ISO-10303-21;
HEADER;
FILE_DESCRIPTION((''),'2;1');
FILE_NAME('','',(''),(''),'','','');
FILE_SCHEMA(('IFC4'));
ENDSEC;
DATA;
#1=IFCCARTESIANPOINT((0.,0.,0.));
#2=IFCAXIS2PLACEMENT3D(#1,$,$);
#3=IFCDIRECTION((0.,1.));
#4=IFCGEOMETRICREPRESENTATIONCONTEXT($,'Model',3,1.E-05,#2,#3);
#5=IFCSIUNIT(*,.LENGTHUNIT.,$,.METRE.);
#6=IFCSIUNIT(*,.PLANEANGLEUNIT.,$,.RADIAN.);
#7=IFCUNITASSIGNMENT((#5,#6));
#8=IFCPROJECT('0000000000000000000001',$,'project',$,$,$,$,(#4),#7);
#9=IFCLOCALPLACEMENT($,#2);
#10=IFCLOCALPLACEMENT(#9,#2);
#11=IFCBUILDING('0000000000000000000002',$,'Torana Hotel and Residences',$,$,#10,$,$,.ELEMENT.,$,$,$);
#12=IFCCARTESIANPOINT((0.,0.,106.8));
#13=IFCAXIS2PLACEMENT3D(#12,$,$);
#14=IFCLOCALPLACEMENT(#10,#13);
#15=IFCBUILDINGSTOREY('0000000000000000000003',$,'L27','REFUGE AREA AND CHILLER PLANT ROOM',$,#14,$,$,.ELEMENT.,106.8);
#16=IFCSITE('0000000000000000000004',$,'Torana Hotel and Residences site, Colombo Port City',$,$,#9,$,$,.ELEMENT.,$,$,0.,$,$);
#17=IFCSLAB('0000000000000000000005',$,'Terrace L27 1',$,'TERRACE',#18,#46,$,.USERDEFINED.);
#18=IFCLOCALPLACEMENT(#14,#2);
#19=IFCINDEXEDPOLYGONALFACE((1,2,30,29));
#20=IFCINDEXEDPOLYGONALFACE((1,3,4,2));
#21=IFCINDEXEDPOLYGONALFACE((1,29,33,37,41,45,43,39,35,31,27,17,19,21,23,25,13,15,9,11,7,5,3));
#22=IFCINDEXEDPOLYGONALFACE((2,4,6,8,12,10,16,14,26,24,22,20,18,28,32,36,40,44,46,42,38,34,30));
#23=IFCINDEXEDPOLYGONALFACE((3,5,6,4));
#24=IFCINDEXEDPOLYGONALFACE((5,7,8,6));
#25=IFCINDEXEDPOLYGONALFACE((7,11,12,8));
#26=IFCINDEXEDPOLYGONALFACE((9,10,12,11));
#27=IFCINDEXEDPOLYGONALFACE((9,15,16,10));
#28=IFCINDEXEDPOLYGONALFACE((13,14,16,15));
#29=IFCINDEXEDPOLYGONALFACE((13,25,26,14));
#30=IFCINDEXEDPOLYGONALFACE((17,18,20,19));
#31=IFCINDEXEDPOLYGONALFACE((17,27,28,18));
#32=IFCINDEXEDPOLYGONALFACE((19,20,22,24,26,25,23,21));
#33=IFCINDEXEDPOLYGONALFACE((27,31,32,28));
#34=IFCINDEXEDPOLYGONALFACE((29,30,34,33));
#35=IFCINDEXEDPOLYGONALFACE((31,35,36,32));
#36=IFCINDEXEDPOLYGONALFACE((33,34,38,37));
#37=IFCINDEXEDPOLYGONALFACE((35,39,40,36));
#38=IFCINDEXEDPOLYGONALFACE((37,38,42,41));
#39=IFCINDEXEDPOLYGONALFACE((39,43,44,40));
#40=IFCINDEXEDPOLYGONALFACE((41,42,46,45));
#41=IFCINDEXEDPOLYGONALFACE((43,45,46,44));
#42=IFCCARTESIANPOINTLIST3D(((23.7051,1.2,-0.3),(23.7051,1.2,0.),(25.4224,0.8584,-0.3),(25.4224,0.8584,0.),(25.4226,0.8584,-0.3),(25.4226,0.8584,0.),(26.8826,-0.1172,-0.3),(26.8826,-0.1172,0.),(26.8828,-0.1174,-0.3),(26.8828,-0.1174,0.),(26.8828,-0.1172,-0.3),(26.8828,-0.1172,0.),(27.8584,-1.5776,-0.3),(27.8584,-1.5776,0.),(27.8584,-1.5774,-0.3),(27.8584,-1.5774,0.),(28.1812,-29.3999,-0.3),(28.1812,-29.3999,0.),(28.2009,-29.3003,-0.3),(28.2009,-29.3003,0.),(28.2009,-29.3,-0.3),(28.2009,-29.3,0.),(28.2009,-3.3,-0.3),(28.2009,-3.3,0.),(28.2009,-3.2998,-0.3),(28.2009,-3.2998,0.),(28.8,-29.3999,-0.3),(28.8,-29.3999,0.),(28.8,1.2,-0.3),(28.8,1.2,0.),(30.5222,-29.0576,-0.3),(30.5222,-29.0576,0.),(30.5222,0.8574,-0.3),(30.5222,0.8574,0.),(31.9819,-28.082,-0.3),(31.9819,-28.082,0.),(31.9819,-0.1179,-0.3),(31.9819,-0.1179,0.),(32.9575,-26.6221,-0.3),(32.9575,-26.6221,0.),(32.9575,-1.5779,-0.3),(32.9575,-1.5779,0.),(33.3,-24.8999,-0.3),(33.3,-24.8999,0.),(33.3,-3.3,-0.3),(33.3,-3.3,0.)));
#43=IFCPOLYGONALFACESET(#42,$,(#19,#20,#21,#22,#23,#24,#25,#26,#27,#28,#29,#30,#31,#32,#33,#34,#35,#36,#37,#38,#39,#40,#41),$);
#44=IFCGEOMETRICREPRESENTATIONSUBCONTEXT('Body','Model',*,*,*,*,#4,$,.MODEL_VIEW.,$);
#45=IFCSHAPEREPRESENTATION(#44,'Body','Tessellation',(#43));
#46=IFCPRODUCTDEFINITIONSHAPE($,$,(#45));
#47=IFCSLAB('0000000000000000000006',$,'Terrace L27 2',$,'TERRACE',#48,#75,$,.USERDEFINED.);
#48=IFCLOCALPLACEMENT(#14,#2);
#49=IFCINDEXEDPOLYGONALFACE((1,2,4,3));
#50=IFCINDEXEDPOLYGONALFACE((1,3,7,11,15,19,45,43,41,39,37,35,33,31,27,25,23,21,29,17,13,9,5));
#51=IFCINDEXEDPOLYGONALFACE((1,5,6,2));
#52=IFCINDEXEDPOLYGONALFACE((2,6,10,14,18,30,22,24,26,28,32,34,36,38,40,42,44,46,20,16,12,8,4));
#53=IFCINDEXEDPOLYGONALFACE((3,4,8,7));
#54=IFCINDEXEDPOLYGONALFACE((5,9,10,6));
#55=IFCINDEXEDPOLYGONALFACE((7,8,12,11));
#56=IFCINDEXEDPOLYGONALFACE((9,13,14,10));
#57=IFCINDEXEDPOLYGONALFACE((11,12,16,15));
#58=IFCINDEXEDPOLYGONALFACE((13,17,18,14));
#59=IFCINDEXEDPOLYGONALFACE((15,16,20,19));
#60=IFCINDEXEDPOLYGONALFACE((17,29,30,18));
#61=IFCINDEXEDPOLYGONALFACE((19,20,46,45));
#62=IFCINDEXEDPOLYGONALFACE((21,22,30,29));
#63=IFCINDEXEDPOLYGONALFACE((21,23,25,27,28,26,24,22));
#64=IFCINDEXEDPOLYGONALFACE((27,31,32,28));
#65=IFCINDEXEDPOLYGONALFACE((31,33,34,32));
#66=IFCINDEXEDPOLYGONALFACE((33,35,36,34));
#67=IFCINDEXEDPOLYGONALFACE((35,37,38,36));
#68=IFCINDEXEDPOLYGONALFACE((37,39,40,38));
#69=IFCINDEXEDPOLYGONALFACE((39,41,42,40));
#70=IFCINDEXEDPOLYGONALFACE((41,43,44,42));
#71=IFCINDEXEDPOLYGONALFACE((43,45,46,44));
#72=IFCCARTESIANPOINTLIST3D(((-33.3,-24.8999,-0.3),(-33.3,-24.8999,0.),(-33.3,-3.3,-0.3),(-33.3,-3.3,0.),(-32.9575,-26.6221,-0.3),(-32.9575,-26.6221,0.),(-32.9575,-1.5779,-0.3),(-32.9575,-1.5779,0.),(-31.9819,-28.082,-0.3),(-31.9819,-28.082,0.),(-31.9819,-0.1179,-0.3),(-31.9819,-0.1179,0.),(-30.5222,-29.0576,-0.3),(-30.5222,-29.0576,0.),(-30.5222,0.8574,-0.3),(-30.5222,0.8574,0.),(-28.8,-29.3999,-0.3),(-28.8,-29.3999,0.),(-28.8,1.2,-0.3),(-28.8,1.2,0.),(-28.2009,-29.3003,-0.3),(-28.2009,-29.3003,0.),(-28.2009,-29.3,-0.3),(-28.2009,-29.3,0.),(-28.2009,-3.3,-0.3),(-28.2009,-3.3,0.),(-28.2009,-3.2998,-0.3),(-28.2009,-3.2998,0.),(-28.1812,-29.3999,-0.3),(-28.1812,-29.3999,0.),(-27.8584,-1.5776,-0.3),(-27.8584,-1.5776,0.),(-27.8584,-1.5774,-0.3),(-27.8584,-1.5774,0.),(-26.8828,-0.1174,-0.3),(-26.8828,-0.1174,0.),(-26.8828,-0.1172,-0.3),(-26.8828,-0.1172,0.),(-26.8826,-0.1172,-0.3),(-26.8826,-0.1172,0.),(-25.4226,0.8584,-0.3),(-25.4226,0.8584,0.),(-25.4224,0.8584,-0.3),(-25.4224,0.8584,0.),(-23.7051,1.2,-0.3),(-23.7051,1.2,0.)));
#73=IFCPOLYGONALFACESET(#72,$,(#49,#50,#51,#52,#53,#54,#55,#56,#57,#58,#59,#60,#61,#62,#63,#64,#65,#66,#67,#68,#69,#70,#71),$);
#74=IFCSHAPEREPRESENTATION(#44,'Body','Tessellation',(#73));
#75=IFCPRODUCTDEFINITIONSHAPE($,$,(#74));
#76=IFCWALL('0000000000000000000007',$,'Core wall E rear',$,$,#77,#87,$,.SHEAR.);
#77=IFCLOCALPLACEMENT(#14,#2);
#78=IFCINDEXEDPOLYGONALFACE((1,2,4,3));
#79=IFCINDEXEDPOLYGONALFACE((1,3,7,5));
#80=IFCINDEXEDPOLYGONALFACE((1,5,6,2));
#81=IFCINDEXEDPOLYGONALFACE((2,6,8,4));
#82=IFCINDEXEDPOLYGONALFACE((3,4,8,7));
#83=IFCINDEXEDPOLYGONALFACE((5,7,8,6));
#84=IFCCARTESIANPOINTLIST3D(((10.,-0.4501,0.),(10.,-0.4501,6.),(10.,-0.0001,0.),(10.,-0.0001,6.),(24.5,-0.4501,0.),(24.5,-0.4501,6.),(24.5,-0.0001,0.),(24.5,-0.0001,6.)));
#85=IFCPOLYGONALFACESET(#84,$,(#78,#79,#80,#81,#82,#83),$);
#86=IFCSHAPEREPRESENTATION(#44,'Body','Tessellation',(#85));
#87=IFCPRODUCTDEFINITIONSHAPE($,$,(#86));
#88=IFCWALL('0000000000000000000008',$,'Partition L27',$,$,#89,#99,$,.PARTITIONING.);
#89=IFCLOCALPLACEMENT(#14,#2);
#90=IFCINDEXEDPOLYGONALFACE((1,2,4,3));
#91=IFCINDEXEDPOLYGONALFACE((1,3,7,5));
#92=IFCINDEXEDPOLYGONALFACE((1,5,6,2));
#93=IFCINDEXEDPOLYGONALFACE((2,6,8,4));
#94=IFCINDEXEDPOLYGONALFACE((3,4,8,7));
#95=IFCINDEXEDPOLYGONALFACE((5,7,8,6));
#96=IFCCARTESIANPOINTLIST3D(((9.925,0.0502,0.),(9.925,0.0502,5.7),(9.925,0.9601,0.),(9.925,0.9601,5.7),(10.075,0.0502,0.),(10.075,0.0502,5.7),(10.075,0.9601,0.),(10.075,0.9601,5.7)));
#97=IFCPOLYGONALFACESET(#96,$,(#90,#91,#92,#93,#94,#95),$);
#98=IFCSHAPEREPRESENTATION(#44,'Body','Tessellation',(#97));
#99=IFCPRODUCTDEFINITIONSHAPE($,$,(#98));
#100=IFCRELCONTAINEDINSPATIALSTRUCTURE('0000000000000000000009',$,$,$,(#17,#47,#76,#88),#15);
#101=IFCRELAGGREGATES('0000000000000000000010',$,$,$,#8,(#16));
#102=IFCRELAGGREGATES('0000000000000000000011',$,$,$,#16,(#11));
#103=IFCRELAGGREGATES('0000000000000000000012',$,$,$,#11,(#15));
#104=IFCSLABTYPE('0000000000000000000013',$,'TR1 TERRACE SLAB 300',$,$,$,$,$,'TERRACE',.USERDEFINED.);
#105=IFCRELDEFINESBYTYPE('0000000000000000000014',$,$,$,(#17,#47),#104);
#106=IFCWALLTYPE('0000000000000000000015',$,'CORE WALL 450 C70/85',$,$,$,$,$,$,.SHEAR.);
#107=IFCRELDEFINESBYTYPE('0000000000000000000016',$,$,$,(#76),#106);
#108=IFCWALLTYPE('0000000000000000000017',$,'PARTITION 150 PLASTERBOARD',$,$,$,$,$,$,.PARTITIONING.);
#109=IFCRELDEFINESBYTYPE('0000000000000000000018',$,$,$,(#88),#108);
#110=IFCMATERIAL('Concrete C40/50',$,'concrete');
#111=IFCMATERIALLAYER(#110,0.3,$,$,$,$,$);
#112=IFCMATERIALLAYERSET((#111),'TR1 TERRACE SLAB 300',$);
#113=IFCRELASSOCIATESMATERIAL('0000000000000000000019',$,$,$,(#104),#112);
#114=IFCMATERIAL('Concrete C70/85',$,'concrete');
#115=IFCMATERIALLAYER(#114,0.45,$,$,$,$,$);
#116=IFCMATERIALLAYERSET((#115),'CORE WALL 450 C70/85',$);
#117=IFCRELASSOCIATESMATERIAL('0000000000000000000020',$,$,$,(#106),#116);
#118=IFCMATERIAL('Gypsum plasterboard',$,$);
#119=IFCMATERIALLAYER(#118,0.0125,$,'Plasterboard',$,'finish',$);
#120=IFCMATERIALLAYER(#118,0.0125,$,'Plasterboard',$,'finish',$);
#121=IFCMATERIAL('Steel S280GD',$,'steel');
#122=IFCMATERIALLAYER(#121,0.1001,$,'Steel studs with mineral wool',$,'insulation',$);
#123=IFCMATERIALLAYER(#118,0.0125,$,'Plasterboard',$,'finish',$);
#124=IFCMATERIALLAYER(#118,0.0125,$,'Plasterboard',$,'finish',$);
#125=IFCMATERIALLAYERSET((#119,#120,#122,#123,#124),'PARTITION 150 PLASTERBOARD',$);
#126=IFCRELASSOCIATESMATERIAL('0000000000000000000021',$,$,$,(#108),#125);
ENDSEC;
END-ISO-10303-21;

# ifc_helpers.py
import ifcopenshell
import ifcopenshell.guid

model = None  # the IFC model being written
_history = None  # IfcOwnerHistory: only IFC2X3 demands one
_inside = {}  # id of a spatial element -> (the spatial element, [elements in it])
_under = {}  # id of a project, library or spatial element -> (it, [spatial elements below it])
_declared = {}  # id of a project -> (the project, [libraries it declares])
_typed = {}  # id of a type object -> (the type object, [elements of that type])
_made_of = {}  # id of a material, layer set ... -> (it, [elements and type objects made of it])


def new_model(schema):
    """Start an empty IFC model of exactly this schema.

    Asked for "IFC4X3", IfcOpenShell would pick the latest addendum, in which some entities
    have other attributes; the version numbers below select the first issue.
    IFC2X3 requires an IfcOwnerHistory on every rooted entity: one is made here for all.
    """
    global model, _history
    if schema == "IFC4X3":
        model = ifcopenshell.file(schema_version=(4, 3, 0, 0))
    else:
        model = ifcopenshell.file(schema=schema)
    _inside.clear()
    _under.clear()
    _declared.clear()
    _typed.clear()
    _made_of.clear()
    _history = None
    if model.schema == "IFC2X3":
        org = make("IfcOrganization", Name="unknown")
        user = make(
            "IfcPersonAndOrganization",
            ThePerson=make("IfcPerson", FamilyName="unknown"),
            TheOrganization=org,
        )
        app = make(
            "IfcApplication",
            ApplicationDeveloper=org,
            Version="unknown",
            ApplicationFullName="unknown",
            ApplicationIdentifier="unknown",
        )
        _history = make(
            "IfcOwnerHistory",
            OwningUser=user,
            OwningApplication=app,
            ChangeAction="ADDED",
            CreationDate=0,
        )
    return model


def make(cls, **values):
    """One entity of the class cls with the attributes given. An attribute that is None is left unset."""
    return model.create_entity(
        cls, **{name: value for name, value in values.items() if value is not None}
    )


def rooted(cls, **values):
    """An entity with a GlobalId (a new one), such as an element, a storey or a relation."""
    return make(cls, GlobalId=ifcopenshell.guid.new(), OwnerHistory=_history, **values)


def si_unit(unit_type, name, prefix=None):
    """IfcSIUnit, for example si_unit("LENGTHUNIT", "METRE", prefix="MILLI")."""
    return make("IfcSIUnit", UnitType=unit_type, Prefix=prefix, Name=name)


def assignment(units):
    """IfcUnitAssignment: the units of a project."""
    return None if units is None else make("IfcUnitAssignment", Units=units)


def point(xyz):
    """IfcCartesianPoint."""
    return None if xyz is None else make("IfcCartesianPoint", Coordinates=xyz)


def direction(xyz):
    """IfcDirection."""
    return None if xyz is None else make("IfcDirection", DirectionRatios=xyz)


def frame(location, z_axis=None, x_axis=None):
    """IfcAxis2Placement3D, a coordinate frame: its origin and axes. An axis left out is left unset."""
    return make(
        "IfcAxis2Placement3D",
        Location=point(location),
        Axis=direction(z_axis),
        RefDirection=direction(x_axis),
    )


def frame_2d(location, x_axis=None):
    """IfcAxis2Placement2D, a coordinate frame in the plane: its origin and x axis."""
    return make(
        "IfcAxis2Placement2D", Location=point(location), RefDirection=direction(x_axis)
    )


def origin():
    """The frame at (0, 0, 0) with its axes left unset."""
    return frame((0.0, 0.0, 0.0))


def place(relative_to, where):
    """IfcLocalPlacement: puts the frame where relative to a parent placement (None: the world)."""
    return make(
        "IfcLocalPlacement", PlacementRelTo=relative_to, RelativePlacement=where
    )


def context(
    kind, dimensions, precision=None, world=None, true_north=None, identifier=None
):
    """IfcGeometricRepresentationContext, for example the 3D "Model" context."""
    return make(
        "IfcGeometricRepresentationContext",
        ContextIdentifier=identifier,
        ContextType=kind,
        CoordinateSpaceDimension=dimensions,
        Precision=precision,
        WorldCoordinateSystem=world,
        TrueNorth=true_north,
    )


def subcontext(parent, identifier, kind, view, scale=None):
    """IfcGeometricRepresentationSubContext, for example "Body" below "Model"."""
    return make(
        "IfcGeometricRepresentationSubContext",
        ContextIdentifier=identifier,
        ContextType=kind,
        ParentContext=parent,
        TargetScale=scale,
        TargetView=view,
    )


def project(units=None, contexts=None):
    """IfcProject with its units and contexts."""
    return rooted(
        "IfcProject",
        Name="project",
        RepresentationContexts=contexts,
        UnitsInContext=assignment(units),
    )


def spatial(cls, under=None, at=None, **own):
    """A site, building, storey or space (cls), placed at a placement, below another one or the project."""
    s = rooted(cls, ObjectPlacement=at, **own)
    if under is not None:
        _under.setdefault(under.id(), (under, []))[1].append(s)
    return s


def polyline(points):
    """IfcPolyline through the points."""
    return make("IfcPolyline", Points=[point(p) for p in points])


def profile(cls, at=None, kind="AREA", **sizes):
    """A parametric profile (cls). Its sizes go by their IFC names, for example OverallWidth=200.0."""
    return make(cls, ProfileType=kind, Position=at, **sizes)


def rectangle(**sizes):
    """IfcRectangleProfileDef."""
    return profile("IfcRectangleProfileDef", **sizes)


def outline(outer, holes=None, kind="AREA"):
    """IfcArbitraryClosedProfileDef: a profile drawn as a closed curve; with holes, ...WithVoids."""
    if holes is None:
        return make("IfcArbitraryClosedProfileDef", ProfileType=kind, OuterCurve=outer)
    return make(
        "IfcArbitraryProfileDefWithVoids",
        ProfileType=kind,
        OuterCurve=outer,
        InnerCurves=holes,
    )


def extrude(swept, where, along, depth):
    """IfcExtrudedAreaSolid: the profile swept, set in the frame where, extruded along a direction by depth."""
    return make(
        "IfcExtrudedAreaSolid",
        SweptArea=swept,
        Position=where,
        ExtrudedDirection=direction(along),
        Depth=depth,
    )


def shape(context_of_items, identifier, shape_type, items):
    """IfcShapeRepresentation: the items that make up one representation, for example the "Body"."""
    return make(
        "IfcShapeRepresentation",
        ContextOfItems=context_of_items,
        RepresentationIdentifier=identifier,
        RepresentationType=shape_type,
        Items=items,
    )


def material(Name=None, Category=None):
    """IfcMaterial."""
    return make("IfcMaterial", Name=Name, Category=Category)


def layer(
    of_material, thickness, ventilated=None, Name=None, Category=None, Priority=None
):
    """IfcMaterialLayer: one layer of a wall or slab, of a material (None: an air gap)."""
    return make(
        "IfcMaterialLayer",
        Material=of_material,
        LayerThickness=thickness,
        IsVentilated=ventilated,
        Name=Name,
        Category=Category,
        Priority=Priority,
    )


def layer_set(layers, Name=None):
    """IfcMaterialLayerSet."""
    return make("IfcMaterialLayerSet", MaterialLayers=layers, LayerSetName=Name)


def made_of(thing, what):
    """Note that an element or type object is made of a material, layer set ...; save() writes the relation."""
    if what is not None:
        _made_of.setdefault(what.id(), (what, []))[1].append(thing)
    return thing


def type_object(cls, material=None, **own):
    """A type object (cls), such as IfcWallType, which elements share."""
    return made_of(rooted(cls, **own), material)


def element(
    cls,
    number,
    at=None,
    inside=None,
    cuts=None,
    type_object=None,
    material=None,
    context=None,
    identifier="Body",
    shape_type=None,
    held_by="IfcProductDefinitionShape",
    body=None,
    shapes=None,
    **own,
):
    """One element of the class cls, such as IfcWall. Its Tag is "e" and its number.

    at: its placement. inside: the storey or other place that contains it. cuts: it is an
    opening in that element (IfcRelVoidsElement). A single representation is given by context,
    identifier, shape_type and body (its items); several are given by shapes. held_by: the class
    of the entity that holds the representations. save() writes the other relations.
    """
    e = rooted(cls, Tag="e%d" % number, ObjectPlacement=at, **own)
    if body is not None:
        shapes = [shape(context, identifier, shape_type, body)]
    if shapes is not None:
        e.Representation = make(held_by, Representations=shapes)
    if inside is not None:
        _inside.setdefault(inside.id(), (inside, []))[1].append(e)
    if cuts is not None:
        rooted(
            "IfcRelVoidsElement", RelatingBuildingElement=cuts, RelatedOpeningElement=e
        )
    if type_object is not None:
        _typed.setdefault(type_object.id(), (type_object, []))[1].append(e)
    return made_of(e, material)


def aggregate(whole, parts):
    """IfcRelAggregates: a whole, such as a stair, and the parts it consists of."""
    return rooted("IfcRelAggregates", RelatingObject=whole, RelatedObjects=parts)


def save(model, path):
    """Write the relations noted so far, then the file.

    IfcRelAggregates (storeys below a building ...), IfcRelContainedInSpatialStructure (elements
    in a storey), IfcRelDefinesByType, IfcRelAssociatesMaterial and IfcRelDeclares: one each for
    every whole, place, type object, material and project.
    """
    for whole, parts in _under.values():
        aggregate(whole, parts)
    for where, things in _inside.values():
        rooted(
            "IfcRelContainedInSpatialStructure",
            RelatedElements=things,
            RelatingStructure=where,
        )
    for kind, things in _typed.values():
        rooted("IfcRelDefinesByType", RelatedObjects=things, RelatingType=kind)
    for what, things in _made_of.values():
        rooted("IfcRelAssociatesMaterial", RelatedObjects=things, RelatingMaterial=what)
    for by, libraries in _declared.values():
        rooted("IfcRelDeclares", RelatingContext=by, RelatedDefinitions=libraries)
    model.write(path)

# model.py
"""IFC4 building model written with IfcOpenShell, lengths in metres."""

from ifc_helpers import new_model, si_unit, direction, frame, frame_2d, origin, place, context, subcontext, project, spatial, polyline, rectangle, outline, extrude, material, layer, layer_set, type_object, element, save


model = new_model("IFC4")

# Units and contexts
model_context = context("Model", 3, precision=1e-05, world=origin(), true_north=direction((0.0, 1.0)))
body_context = subcontext(model_context, "Body", "Model", "MODEL_VIEW")
ifc_project = project(units=[si_unit("LENGTHUNIT", "METRE"), si_unit("PLANEANGLEUNIT", "RADIAN")], contexts=[model_context])

# Site, building, storey
site_placement = place(None, origin())
site = spatial("IfcSite", under=ifc_project, at=site_placement, Name="Torana Hotel and Residences site, Colombo Port City", CompositionType="ELEMENT", RefElevation=0.0)
building_placement = place(site_placement, origin())
building = spatial("IfcBuilding", under=site, at=building_placement, Name="Torana Hotel and Residences", CompositionType="ELEMENT")
storey_placement = place(building_placement, frame((0.0, 0.0, 106.8)))
storey = spatial("IfcBuildingStorey", under=building, at=storey_placement, Name="L27", Description="REFUGE AREA AND CHILLER PLANT ROOM", CompositionType="ELEMENT", Elevation=106.8)

# Slabs
ifc_material_1 = material(Name="Concrete C40/50", Category="concrete")
ifc_layer_1 = layer(ifc_material_1, 0.3)
ifc_layer_set_1 = layer_set([ifc_layer_1], Name="TR1 TERRACE SLAB 300")
slab_type_1 = type_object("IfcSlabType", Name="TR1 TERRACE SLAB 300", ElementType="TERRACE", PredefinedType="USERDEFINED", material=ifc_layer_set_1)
slab_1_placement = place(storey_placement, frame((0.0, 0.0, -0.3)))
element("IfcSlab", 1, at=slab_1_placement, inside=storey, type_object=slab_type_1, Name="Terrace L27 1", ObjectType="TERRACE", PredefinedType="USERDEFINED", context=body_context, shape_type="SweptSolid", body=[
    extrude(outline(polyline([(28.8, 1.2), (30.5222, 0.8574), (31.9819, -0.1179), (32.9575, -1.5779), (33.3, -3.3), (33.3, -24.8999), (32.9575, -26.6221), (31.9819, -28.082), (30.5222, -29.0576), (28.8, -29.3999), (28.1812, -29.3999), (28.2009, -29.3003), (28.2009, -29.3), (28.2009, -29.3), (28.2009, -3.3), (28.2009, -3.2998), (28.2009, -3.2998), (27.8584, -1.5776), (27.8584, -1.5776), (27.8584, -1.5774), (27.8584, -1.5774), (27.8584, -1.5774), (26.8828, -0.1174), (26.8828, -0.1174), (26.8828, -0.1172), (26.8826, -0.1172), (26.8826, -0.1172), (25.4226, 0.8584), (25.4226, 0.8584), (25.4226, 0.8584), (25.4224, 0.8584), (25.4224, 0.8584), (23.7051, 1.2), (28.8, 1.2)])), origin(), (0.0, 0.0, 1.0), 0.3),
])
slab_2_placement = place(storey_placement, frame((0.0, 0.0, -0.3)))
element("IfcSlab", 2, at=slab_2_placement, inside=storey, type_object=slab_type_1, Name="Terrace L27 2", ObjectType="TERRACE", PredefinedType="USERDEFINED", context=body_context, shape_type="SweptSolid", body=[
    extrude(outline(polyline([(-28.8, -29.3999), (-30.5222, -29.0576), (-31.9819, -28.082), (-32.9575, -26.6221), (-33.3, -24.8999), (-33.3, -3.3), (-32.9575, -1.5779), (-31.9819, -0.1179), (-30.5222, 0.8574), (-28.8, 1.2), (-23.7051, 1.2), (-25.4224, 0.8584), (-25.4224, 0.8584), (-25.4226, 0.8584), (-25.4226, 0.8584), (-25.4226, 0.8584), (-26.8826, -0.1172), (-26.8826, -0.1172), (-26.8828, -0.1172), (-26.8828, -0.1174), (-26.8828, -0.1174), (-27.8584, -1.5774), (-27.8584, -1.5774), (-27.8584, -1.5774), (-27.8584, -1.5776), (-27.8584, -1.5776), (-28.2009, -3.2998), (-28.2009, -3.2998), (-28.2009, -3.3), (-28.2009, -29.3), (-28.2009, -29.3), (-28.2009, -29.3003), (-28.1812, -29.3999), (-28.8, -29.3999)])), origin(), (0.0, 0.0, 1.0), 0.3),
])

# Walls
ifc_material_2 = material(Name="Concrete C70/85", Category="concrete")
ifc_layer_2 = layer(ifc_material_2, 0.45)
ifc_layer_set_2 = layer_set([ifc_layer_2], Name="CORE WALL 450 C70/85")
wall_type_1 = type_object("IfcWallType", Name="CORE WALL 450 C70/85", PredefinedType="SHEAR", material=ifc_layer_set_2)
wall_1_placement = place(storey_placement, frame((10.0, -0.2251, 0.0), z_axis=(0.0, 0.0, 1.0), x_axis=(1.0, 0.0, 0.0)))
element("IfcWall", 3, at=wall_1_placement, inside=storey, type_object=wall_type_1, Name="Core wall E rear", PredefinedType="SHEAR", context=body_context, shape_type="SweptSolid", body=[
    extrude(rectangle(XDim=14.5, YDim=0.45, at=frame_2d((7.25, 0.0))), origin(), (0.0, 0.0, 1.0), 6.0),
])
ifc_material_3 = material(Name="Gypsum plasterboard")
ifc_layer_3 = layer(ifc_material_3, 0.0125, Name="Plasterboard", Category="finish")
ifc_layer_4 = layer(ifc_material_3, 0.0125, Name="Plasterboard", Category="finish")
ifc_material_4 = material(Name="Steel S280GD", Category="steel")
ifc_layer_5 = layer(ifc_material_4, 0.1001, Name="Steel studs with mineral wool", Category="insulation")
ifc_layer_6 = layer(ifc_material_3, 0.0125, Name="Plasterboard", Category="finish")
ifc_layer_7 = layer(ifc_material_3, 0.0125, Name="Plasterboard", Category="finish")
ifc_layer_set_3 = layer_set([ifc_layer_3, ifc_layer_4, ifc_layer_5, ifc_layer_6, ifc_layer_7], Name="PARTITION 150 PLASTERBOARD")
wall_type_2 = type_object("IfcWallType", Name="PARTITION 150 PLASTERBOARD", PredefinedType="PARTITIONING", material=ifc_layer_set_3)
wall_2_placement = place(storey_placement, frame((10.0, 0.05, 0.0), z_axis=(0.0, 0.0, 1.0), x_axis=(0.0, 1.0, 0.0)))
element("IfcWall", 4, at=wall_2_placement, inside=storey, type_object=wall_type_2, Name="Partition L27", PredefinedType="PARTITIONING", context=body_context, shape_type="SweptSolid", body=[
    extrude(rectangle(XDim=0.9099, YDim=0.1499, at=frame_2d((0.4551, 0.0))), origin(), (0.0, 0.0, 1.0), 5.7),
])

save(model, "model.ifc")
